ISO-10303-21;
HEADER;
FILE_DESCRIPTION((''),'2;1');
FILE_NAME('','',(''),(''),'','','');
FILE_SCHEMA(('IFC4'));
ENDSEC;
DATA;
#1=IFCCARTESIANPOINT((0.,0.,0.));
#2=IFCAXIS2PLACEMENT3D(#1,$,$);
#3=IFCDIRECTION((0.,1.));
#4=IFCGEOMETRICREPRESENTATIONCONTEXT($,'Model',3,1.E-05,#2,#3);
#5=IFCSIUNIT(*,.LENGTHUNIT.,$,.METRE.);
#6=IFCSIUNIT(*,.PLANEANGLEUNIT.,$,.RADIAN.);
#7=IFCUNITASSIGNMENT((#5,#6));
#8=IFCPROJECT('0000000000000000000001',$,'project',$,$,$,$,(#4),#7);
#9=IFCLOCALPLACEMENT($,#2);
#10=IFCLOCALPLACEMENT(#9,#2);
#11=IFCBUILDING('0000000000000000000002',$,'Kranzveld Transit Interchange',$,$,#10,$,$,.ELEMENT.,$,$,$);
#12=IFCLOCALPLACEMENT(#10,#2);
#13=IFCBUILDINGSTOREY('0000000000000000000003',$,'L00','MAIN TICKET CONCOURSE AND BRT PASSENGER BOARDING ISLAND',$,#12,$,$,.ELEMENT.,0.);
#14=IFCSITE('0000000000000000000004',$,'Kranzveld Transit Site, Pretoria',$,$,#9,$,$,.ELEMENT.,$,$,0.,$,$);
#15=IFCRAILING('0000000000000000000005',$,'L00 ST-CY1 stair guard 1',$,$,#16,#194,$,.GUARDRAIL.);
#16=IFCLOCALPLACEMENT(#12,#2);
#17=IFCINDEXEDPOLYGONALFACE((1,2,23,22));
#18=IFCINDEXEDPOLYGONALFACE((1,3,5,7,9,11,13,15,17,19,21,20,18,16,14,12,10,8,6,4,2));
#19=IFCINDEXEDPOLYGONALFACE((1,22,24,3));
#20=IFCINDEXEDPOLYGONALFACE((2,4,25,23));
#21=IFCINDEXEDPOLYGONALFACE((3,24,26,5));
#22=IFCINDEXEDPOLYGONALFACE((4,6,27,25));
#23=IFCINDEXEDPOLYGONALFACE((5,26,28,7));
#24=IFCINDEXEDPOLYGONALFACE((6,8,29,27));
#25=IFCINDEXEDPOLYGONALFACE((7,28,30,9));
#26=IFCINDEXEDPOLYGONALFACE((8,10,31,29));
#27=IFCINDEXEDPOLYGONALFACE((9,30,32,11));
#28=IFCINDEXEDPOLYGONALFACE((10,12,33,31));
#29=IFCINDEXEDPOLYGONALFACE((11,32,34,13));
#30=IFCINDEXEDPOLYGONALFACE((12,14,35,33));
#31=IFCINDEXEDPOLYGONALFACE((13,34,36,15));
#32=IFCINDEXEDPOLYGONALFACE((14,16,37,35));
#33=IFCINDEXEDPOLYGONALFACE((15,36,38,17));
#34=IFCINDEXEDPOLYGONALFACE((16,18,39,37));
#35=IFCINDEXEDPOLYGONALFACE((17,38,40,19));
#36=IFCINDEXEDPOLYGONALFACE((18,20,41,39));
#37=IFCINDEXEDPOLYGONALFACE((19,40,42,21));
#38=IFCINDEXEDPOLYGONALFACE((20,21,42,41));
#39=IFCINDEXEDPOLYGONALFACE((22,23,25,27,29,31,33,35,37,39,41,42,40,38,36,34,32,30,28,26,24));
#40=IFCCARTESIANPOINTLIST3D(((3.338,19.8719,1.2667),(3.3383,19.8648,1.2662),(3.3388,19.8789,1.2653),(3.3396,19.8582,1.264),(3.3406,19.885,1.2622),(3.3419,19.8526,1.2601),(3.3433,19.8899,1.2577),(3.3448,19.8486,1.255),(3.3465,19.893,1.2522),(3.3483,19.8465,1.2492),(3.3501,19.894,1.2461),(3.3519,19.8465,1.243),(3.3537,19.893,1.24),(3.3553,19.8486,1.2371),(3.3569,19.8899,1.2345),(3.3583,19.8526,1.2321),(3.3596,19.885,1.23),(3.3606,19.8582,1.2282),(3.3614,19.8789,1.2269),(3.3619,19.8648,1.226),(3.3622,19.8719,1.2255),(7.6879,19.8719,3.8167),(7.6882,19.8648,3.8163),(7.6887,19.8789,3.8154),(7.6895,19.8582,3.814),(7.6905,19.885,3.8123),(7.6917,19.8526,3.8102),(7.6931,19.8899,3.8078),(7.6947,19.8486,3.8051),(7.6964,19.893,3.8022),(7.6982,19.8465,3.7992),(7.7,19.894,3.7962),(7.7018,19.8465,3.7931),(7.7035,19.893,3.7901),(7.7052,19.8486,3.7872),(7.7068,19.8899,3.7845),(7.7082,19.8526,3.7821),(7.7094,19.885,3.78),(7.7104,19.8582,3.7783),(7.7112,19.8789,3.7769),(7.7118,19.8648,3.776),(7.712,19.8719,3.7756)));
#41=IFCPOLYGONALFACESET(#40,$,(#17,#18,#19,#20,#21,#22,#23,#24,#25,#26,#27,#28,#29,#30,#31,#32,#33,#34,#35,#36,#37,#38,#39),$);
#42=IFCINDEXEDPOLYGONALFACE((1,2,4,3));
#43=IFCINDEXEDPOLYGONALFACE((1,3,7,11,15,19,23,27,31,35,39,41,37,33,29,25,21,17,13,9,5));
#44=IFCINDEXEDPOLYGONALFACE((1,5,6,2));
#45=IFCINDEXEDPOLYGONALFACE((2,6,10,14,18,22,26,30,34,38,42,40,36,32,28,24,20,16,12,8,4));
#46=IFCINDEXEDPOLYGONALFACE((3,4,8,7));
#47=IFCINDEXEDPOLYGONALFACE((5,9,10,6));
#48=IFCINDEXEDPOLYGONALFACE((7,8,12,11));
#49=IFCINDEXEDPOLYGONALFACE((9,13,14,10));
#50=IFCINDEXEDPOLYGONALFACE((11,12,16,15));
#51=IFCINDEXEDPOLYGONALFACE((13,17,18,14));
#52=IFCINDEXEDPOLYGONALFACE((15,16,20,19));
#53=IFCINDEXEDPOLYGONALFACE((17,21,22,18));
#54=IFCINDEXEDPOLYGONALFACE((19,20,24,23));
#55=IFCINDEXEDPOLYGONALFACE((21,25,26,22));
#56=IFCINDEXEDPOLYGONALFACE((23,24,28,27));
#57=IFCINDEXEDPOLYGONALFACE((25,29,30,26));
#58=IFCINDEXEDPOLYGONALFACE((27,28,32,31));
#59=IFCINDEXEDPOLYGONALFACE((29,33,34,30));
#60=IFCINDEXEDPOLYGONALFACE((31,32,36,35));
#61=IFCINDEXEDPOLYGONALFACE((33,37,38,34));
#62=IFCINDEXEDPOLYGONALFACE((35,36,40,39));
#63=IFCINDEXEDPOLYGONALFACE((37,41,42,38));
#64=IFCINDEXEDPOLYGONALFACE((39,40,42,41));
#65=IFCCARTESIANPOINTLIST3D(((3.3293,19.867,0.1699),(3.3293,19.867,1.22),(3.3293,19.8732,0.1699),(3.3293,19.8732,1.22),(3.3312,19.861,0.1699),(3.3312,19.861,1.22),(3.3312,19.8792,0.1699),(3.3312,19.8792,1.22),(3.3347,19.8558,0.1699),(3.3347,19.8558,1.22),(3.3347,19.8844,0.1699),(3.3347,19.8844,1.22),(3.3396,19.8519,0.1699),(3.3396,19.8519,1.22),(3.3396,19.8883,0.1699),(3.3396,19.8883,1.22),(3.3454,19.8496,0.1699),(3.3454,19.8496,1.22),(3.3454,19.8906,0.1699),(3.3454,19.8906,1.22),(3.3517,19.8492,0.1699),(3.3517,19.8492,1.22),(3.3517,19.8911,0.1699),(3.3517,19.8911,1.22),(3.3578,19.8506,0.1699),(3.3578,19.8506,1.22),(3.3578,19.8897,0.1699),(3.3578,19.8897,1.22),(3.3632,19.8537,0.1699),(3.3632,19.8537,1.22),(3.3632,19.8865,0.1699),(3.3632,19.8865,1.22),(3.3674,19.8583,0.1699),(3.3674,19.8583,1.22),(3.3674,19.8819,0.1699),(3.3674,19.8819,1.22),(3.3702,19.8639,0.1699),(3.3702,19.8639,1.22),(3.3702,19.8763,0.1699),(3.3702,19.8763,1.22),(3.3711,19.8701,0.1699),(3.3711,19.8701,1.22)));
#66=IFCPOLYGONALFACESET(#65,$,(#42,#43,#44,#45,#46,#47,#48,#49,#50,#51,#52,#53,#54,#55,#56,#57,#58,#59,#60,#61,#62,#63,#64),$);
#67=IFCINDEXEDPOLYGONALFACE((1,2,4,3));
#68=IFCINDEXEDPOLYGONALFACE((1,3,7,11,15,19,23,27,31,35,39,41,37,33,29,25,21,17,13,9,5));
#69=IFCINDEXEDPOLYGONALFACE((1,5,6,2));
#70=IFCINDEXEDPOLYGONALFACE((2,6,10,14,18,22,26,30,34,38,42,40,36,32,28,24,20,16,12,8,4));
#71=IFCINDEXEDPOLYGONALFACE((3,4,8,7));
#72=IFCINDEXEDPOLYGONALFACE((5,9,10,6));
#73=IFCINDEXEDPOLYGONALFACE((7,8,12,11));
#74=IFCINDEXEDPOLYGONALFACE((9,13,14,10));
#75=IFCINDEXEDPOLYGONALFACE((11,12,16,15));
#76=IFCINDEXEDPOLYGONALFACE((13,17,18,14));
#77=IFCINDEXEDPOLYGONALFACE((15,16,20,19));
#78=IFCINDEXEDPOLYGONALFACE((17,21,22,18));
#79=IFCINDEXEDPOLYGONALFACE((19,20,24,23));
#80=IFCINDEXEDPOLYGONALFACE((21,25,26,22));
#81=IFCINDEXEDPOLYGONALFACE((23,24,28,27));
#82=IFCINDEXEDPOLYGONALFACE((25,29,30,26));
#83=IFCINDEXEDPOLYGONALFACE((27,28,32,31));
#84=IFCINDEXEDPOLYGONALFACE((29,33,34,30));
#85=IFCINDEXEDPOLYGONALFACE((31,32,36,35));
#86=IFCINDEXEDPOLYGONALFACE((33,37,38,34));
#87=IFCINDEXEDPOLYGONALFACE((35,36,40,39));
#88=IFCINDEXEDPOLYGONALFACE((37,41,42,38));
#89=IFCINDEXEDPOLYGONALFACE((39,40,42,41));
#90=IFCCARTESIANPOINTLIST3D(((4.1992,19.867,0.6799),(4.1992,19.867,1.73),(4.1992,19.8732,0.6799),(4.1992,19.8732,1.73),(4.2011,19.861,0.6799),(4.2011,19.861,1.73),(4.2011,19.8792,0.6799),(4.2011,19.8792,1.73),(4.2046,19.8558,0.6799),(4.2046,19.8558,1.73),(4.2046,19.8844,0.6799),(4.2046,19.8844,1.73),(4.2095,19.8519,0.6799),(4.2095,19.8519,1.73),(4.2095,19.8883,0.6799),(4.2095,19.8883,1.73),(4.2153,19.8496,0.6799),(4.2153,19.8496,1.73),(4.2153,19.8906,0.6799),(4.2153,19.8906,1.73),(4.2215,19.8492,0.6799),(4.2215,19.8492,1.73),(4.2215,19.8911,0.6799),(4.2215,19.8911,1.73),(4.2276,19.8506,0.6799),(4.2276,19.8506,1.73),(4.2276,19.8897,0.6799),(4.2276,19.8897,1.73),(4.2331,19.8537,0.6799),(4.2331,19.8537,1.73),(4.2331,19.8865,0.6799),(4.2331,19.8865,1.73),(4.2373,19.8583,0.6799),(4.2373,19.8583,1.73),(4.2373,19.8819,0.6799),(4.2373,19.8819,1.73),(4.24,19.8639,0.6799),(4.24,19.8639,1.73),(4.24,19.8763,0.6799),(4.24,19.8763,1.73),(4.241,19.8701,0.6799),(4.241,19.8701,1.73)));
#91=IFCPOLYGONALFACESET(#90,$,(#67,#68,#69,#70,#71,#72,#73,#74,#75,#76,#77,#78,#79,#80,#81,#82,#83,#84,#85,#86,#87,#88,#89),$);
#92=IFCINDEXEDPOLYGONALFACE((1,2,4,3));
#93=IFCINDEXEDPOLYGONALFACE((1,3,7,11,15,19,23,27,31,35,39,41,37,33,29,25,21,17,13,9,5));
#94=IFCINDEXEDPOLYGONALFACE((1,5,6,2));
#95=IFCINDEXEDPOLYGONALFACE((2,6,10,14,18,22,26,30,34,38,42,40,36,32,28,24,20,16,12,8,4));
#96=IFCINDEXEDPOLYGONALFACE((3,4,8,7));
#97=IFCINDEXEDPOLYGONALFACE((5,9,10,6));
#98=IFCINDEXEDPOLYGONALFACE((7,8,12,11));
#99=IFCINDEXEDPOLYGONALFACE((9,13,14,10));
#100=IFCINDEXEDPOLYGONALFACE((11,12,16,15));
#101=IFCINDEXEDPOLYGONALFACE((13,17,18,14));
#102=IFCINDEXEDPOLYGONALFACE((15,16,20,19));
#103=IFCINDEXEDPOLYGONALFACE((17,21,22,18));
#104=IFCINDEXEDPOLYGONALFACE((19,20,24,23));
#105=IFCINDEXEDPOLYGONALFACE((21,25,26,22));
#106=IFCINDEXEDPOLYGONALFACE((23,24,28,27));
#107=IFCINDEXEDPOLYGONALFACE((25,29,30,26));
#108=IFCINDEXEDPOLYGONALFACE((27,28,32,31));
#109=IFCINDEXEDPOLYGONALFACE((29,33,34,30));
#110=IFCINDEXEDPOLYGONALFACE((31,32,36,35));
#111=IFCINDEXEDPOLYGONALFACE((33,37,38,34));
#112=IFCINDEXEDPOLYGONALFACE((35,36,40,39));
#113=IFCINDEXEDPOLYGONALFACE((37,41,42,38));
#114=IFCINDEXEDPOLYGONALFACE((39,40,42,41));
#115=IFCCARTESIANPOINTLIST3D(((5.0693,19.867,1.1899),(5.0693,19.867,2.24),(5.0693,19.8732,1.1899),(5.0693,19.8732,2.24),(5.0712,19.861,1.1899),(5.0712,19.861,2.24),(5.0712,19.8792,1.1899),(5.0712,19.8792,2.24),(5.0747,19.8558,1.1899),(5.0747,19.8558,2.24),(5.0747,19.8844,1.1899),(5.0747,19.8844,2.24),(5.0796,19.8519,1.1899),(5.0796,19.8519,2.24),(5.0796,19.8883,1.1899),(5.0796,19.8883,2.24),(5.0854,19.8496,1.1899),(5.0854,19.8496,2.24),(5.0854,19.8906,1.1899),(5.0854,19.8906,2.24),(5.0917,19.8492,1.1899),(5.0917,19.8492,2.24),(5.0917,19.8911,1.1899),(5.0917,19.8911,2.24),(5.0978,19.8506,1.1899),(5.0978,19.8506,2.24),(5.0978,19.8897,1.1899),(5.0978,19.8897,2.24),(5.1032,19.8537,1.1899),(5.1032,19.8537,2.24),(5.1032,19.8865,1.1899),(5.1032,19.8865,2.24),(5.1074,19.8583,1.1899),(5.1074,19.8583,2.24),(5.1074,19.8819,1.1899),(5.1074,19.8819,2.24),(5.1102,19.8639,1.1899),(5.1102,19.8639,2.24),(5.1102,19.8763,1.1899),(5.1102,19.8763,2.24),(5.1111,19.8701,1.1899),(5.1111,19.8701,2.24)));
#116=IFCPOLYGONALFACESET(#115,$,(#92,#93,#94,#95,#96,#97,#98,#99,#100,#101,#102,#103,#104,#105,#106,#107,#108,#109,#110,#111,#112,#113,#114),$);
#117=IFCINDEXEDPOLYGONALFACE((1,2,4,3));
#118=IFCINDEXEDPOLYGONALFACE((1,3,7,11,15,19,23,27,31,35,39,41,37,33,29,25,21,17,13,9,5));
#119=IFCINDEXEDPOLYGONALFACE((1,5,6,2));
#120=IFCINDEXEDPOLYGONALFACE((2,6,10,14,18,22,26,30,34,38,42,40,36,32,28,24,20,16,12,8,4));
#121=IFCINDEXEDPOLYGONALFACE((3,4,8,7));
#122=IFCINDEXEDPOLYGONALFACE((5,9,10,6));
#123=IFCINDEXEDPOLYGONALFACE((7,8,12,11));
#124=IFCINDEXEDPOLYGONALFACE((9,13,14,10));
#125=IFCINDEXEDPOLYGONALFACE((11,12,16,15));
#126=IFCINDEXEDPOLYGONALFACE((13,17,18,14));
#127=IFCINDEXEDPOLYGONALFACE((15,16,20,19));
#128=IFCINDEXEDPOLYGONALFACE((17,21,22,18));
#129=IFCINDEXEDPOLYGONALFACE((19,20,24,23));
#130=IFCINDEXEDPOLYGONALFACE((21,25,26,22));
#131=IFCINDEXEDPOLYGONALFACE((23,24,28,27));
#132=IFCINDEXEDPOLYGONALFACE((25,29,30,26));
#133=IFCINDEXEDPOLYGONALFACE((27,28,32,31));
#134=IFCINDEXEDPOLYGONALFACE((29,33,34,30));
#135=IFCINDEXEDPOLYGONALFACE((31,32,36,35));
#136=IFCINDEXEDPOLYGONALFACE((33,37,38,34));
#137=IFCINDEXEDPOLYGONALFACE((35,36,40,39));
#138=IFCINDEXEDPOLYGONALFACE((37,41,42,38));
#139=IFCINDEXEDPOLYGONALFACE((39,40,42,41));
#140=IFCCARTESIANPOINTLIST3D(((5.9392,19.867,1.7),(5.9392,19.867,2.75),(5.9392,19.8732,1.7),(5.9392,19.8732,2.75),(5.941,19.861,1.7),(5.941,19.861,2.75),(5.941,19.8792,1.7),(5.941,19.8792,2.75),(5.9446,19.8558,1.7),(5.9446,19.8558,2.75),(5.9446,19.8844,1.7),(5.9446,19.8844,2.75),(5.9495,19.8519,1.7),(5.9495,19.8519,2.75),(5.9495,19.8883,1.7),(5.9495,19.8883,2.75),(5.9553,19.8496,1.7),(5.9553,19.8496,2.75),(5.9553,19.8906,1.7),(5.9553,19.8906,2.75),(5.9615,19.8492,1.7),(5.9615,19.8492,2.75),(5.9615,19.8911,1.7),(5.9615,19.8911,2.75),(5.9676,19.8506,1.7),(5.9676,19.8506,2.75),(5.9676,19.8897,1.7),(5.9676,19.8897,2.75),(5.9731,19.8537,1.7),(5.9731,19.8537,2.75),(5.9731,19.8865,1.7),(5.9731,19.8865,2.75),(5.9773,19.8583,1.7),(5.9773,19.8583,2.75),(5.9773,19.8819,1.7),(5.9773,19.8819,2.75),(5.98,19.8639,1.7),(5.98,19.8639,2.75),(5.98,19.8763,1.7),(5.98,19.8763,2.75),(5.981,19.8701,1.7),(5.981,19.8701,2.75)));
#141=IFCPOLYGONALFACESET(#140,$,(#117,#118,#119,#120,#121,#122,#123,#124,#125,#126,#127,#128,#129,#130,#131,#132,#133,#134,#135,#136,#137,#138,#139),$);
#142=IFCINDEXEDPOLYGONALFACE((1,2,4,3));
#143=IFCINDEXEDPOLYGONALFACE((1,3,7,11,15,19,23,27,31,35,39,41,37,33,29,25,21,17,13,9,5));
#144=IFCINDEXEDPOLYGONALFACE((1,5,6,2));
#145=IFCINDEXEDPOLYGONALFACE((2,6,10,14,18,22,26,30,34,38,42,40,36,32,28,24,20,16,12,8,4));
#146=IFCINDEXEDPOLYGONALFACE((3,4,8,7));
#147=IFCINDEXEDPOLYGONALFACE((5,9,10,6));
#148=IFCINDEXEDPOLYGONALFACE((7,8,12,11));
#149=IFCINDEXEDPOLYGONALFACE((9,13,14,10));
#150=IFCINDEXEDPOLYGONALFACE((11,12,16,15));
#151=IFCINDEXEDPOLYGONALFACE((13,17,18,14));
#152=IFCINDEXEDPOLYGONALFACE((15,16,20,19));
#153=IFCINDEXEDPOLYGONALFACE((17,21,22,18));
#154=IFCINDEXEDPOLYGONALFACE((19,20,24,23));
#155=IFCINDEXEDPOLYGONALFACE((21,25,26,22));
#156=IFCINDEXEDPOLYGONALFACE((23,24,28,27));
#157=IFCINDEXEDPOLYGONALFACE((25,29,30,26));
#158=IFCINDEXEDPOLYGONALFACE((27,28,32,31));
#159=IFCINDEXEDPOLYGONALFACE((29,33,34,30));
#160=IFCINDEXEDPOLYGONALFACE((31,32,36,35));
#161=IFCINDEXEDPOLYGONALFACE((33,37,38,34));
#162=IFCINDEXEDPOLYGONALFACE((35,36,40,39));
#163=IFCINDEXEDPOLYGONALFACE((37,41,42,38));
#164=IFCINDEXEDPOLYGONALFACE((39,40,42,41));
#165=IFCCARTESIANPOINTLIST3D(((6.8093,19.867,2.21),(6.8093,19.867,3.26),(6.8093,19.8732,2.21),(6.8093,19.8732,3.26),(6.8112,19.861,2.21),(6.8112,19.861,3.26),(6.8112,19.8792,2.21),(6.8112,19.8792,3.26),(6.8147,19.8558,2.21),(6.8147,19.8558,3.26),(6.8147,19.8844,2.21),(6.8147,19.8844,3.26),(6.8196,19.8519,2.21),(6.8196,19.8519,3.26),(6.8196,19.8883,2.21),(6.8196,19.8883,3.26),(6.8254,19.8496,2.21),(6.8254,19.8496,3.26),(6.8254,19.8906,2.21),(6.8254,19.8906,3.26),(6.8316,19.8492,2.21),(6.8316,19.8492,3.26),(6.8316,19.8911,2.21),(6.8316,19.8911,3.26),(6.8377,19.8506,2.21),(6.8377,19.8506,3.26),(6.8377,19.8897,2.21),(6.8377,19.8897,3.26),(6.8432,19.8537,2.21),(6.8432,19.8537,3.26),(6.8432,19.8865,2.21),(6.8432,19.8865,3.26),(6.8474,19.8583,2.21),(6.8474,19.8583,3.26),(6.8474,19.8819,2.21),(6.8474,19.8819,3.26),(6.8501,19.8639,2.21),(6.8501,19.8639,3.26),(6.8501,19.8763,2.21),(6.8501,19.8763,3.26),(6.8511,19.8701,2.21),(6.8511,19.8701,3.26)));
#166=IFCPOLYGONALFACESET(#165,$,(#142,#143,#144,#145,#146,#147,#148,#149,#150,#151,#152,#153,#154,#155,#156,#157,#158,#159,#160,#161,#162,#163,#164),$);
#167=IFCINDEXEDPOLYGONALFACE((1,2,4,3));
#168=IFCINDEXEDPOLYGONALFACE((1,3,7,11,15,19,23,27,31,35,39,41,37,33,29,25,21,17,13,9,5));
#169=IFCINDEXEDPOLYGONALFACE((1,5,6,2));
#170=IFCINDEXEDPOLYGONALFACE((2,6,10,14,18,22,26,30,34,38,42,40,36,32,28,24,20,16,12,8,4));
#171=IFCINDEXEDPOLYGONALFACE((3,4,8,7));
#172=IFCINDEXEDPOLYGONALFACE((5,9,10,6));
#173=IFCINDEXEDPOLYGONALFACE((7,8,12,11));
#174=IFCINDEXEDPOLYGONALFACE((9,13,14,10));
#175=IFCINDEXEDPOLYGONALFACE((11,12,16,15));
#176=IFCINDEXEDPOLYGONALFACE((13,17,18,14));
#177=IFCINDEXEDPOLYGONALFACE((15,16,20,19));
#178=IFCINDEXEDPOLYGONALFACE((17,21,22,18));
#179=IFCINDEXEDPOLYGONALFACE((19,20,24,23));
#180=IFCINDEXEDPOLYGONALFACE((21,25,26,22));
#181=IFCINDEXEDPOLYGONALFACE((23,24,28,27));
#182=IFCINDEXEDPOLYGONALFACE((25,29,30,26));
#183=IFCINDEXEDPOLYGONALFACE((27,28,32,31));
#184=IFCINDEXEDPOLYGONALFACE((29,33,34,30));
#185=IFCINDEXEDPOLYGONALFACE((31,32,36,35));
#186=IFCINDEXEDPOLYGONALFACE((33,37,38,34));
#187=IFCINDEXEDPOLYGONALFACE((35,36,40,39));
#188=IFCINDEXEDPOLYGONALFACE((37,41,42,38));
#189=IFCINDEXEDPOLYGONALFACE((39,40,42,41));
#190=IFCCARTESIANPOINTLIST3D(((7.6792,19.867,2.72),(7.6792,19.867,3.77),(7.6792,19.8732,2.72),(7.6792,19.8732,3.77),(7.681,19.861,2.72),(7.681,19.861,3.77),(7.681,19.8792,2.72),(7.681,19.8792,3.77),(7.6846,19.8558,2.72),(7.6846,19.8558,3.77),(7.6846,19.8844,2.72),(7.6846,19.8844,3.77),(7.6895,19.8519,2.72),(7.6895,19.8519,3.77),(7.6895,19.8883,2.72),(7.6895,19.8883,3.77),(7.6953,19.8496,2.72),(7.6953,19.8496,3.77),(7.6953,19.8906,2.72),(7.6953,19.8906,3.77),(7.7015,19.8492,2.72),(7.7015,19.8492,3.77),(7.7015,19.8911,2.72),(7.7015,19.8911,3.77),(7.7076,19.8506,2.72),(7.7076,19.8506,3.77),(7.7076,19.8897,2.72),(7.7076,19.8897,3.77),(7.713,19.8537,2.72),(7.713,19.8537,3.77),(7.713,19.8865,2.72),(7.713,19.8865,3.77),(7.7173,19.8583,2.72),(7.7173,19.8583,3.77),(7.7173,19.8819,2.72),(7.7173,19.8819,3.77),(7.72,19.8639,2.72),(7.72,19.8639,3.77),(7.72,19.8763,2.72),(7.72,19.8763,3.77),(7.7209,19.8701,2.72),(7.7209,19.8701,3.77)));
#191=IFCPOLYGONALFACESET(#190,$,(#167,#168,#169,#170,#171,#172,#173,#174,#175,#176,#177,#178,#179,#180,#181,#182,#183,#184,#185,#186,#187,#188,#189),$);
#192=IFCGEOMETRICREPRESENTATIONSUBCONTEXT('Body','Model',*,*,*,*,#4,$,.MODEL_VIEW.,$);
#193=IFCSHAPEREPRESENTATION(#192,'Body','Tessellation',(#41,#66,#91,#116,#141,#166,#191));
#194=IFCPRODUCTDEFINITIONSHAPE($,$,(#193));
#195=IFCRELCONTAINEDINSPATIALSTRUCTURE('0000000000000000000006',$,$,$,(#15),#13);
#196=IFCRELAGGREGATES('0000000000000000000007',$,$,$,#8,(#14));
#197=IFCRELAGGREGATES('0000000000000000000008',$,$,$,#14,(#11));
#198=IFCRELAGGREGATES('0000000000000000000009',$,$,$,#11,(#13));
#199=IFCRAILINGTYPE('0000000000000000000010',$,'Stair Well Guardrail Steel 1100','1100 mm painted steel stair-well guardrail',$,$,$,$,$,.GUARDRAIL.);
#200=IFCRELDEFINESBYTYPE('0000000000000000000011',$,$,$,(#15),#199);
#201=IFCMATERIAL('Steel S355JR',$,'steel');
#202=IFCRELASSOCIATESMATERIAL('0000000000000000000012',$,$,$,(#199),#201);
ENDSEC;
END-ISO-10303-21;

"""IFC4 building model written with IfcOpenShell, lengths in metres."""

from ifc_helpers import new_model, si_unit, direction, frame, origin, origin_2d, place, context, subcontext, project, spatial, circle, extrude, material, type_object, element, save


model = new_model("IFC4")

# Units and contexts
model_context = context("Model", 3, precision=1e-05, world=origin(), true_north=direction((0.0, 1.0)))
body_context = subcontext(model_context, "Body", "Model", "MODEL_VIEW")
ifc_project = project(units=[si_unit("LENGTHUNIT", "METRE"), si_unit("PLANEANGLEUNIT", "RADIAN")], contexts=[model_context])

# Site, building, storey
site_placement = place(None, origin())
site = spatial("IfcSite", under=ifc_project, at=site_placement, Name="Kranzveld Transit Site, Pretoria", CompositionType="ELEMENT", RefElevation=0.0)
building_placement = place(site_placement, origin())
building = spatial("IfcBuilding", under=site, at=building_placement, Name="Kranzveld Transit Interchange", CompositionType="ELEMENT")
storey_placement = place(building_placement, origin())
storey = spatial("IfcBuildingStorey", under=building, at=storey_placement, Name="L00", Description="MAIN TICKET CONCOURSE AND BRT PASSENGER BOARDING ISLAND", CompositionType="ELEMENT", Elevation=0.0)

# Railing
ifc_material_1 = material(Name="Steel S355JR", Category="steel")
railing_type_1 = type_object("IfcRailingType", Name="Stair Well Guardrail Steel 1100", Description="1100 mm painted steel stair-well guardrail", PredefinedType="GUARDRAIL", material=ifc_material_1)
railing_1_placement = place(storey_placement, frame((3.3501, 19.8701, 0.1699)))
element("IfcRailing", 1, at=railing_1_placement, inside=storey, type_object=railing_type_1, Name="L00 ST-CY1 stair guard 1", PredefinedType="GUARDRAIL", context=body_context, shape_type="SweptSolid", body=[
    extrude(circle(Radius=0.0239, at=origin_2d()), frame((0.0, 0.0, 1.0762), z_axis=(0.862686, 0.0, 0.505739), x_axis=(0.0, 1.0, 0.0)), (0.0, 0.0, 1.0), 5.0422),
    extrude(circle(Radius=0.021, at=origin_2d()), origin(), (0.0, 0.0, 1.0), 1.05),
    extrude(circle(Radius=0.021, at=origin_2d()), frame((0.8699, 0.0, 0.51)), (0.0, 0.0, 1.0), 1.05),
    extrude(circle(Radius=0.021, at=origin_2d()), frame((1.74, 0.0, 1.02)), (0.0, 0.0, 1.0), 1.05),
    extrude(circle(Radius=0.021, at=origin_2d()), frame((2.6099, 0.0, 1.53)), (0.0, 0.0, 1.0), 1.05),
    extrude(circle(Radius=0.021, at=origin_2d()), frame((3.48, 0.0, 2.04)), (0.0, 0.0, 1.0), 1.05),
    extrude(circle(Radius=0.021, at=origin_2d()), frame((4.3499, 0.0, 2.55)), (0.0, 0.0, 1.0), 1.05),
])

save(model, "model.ifc")
